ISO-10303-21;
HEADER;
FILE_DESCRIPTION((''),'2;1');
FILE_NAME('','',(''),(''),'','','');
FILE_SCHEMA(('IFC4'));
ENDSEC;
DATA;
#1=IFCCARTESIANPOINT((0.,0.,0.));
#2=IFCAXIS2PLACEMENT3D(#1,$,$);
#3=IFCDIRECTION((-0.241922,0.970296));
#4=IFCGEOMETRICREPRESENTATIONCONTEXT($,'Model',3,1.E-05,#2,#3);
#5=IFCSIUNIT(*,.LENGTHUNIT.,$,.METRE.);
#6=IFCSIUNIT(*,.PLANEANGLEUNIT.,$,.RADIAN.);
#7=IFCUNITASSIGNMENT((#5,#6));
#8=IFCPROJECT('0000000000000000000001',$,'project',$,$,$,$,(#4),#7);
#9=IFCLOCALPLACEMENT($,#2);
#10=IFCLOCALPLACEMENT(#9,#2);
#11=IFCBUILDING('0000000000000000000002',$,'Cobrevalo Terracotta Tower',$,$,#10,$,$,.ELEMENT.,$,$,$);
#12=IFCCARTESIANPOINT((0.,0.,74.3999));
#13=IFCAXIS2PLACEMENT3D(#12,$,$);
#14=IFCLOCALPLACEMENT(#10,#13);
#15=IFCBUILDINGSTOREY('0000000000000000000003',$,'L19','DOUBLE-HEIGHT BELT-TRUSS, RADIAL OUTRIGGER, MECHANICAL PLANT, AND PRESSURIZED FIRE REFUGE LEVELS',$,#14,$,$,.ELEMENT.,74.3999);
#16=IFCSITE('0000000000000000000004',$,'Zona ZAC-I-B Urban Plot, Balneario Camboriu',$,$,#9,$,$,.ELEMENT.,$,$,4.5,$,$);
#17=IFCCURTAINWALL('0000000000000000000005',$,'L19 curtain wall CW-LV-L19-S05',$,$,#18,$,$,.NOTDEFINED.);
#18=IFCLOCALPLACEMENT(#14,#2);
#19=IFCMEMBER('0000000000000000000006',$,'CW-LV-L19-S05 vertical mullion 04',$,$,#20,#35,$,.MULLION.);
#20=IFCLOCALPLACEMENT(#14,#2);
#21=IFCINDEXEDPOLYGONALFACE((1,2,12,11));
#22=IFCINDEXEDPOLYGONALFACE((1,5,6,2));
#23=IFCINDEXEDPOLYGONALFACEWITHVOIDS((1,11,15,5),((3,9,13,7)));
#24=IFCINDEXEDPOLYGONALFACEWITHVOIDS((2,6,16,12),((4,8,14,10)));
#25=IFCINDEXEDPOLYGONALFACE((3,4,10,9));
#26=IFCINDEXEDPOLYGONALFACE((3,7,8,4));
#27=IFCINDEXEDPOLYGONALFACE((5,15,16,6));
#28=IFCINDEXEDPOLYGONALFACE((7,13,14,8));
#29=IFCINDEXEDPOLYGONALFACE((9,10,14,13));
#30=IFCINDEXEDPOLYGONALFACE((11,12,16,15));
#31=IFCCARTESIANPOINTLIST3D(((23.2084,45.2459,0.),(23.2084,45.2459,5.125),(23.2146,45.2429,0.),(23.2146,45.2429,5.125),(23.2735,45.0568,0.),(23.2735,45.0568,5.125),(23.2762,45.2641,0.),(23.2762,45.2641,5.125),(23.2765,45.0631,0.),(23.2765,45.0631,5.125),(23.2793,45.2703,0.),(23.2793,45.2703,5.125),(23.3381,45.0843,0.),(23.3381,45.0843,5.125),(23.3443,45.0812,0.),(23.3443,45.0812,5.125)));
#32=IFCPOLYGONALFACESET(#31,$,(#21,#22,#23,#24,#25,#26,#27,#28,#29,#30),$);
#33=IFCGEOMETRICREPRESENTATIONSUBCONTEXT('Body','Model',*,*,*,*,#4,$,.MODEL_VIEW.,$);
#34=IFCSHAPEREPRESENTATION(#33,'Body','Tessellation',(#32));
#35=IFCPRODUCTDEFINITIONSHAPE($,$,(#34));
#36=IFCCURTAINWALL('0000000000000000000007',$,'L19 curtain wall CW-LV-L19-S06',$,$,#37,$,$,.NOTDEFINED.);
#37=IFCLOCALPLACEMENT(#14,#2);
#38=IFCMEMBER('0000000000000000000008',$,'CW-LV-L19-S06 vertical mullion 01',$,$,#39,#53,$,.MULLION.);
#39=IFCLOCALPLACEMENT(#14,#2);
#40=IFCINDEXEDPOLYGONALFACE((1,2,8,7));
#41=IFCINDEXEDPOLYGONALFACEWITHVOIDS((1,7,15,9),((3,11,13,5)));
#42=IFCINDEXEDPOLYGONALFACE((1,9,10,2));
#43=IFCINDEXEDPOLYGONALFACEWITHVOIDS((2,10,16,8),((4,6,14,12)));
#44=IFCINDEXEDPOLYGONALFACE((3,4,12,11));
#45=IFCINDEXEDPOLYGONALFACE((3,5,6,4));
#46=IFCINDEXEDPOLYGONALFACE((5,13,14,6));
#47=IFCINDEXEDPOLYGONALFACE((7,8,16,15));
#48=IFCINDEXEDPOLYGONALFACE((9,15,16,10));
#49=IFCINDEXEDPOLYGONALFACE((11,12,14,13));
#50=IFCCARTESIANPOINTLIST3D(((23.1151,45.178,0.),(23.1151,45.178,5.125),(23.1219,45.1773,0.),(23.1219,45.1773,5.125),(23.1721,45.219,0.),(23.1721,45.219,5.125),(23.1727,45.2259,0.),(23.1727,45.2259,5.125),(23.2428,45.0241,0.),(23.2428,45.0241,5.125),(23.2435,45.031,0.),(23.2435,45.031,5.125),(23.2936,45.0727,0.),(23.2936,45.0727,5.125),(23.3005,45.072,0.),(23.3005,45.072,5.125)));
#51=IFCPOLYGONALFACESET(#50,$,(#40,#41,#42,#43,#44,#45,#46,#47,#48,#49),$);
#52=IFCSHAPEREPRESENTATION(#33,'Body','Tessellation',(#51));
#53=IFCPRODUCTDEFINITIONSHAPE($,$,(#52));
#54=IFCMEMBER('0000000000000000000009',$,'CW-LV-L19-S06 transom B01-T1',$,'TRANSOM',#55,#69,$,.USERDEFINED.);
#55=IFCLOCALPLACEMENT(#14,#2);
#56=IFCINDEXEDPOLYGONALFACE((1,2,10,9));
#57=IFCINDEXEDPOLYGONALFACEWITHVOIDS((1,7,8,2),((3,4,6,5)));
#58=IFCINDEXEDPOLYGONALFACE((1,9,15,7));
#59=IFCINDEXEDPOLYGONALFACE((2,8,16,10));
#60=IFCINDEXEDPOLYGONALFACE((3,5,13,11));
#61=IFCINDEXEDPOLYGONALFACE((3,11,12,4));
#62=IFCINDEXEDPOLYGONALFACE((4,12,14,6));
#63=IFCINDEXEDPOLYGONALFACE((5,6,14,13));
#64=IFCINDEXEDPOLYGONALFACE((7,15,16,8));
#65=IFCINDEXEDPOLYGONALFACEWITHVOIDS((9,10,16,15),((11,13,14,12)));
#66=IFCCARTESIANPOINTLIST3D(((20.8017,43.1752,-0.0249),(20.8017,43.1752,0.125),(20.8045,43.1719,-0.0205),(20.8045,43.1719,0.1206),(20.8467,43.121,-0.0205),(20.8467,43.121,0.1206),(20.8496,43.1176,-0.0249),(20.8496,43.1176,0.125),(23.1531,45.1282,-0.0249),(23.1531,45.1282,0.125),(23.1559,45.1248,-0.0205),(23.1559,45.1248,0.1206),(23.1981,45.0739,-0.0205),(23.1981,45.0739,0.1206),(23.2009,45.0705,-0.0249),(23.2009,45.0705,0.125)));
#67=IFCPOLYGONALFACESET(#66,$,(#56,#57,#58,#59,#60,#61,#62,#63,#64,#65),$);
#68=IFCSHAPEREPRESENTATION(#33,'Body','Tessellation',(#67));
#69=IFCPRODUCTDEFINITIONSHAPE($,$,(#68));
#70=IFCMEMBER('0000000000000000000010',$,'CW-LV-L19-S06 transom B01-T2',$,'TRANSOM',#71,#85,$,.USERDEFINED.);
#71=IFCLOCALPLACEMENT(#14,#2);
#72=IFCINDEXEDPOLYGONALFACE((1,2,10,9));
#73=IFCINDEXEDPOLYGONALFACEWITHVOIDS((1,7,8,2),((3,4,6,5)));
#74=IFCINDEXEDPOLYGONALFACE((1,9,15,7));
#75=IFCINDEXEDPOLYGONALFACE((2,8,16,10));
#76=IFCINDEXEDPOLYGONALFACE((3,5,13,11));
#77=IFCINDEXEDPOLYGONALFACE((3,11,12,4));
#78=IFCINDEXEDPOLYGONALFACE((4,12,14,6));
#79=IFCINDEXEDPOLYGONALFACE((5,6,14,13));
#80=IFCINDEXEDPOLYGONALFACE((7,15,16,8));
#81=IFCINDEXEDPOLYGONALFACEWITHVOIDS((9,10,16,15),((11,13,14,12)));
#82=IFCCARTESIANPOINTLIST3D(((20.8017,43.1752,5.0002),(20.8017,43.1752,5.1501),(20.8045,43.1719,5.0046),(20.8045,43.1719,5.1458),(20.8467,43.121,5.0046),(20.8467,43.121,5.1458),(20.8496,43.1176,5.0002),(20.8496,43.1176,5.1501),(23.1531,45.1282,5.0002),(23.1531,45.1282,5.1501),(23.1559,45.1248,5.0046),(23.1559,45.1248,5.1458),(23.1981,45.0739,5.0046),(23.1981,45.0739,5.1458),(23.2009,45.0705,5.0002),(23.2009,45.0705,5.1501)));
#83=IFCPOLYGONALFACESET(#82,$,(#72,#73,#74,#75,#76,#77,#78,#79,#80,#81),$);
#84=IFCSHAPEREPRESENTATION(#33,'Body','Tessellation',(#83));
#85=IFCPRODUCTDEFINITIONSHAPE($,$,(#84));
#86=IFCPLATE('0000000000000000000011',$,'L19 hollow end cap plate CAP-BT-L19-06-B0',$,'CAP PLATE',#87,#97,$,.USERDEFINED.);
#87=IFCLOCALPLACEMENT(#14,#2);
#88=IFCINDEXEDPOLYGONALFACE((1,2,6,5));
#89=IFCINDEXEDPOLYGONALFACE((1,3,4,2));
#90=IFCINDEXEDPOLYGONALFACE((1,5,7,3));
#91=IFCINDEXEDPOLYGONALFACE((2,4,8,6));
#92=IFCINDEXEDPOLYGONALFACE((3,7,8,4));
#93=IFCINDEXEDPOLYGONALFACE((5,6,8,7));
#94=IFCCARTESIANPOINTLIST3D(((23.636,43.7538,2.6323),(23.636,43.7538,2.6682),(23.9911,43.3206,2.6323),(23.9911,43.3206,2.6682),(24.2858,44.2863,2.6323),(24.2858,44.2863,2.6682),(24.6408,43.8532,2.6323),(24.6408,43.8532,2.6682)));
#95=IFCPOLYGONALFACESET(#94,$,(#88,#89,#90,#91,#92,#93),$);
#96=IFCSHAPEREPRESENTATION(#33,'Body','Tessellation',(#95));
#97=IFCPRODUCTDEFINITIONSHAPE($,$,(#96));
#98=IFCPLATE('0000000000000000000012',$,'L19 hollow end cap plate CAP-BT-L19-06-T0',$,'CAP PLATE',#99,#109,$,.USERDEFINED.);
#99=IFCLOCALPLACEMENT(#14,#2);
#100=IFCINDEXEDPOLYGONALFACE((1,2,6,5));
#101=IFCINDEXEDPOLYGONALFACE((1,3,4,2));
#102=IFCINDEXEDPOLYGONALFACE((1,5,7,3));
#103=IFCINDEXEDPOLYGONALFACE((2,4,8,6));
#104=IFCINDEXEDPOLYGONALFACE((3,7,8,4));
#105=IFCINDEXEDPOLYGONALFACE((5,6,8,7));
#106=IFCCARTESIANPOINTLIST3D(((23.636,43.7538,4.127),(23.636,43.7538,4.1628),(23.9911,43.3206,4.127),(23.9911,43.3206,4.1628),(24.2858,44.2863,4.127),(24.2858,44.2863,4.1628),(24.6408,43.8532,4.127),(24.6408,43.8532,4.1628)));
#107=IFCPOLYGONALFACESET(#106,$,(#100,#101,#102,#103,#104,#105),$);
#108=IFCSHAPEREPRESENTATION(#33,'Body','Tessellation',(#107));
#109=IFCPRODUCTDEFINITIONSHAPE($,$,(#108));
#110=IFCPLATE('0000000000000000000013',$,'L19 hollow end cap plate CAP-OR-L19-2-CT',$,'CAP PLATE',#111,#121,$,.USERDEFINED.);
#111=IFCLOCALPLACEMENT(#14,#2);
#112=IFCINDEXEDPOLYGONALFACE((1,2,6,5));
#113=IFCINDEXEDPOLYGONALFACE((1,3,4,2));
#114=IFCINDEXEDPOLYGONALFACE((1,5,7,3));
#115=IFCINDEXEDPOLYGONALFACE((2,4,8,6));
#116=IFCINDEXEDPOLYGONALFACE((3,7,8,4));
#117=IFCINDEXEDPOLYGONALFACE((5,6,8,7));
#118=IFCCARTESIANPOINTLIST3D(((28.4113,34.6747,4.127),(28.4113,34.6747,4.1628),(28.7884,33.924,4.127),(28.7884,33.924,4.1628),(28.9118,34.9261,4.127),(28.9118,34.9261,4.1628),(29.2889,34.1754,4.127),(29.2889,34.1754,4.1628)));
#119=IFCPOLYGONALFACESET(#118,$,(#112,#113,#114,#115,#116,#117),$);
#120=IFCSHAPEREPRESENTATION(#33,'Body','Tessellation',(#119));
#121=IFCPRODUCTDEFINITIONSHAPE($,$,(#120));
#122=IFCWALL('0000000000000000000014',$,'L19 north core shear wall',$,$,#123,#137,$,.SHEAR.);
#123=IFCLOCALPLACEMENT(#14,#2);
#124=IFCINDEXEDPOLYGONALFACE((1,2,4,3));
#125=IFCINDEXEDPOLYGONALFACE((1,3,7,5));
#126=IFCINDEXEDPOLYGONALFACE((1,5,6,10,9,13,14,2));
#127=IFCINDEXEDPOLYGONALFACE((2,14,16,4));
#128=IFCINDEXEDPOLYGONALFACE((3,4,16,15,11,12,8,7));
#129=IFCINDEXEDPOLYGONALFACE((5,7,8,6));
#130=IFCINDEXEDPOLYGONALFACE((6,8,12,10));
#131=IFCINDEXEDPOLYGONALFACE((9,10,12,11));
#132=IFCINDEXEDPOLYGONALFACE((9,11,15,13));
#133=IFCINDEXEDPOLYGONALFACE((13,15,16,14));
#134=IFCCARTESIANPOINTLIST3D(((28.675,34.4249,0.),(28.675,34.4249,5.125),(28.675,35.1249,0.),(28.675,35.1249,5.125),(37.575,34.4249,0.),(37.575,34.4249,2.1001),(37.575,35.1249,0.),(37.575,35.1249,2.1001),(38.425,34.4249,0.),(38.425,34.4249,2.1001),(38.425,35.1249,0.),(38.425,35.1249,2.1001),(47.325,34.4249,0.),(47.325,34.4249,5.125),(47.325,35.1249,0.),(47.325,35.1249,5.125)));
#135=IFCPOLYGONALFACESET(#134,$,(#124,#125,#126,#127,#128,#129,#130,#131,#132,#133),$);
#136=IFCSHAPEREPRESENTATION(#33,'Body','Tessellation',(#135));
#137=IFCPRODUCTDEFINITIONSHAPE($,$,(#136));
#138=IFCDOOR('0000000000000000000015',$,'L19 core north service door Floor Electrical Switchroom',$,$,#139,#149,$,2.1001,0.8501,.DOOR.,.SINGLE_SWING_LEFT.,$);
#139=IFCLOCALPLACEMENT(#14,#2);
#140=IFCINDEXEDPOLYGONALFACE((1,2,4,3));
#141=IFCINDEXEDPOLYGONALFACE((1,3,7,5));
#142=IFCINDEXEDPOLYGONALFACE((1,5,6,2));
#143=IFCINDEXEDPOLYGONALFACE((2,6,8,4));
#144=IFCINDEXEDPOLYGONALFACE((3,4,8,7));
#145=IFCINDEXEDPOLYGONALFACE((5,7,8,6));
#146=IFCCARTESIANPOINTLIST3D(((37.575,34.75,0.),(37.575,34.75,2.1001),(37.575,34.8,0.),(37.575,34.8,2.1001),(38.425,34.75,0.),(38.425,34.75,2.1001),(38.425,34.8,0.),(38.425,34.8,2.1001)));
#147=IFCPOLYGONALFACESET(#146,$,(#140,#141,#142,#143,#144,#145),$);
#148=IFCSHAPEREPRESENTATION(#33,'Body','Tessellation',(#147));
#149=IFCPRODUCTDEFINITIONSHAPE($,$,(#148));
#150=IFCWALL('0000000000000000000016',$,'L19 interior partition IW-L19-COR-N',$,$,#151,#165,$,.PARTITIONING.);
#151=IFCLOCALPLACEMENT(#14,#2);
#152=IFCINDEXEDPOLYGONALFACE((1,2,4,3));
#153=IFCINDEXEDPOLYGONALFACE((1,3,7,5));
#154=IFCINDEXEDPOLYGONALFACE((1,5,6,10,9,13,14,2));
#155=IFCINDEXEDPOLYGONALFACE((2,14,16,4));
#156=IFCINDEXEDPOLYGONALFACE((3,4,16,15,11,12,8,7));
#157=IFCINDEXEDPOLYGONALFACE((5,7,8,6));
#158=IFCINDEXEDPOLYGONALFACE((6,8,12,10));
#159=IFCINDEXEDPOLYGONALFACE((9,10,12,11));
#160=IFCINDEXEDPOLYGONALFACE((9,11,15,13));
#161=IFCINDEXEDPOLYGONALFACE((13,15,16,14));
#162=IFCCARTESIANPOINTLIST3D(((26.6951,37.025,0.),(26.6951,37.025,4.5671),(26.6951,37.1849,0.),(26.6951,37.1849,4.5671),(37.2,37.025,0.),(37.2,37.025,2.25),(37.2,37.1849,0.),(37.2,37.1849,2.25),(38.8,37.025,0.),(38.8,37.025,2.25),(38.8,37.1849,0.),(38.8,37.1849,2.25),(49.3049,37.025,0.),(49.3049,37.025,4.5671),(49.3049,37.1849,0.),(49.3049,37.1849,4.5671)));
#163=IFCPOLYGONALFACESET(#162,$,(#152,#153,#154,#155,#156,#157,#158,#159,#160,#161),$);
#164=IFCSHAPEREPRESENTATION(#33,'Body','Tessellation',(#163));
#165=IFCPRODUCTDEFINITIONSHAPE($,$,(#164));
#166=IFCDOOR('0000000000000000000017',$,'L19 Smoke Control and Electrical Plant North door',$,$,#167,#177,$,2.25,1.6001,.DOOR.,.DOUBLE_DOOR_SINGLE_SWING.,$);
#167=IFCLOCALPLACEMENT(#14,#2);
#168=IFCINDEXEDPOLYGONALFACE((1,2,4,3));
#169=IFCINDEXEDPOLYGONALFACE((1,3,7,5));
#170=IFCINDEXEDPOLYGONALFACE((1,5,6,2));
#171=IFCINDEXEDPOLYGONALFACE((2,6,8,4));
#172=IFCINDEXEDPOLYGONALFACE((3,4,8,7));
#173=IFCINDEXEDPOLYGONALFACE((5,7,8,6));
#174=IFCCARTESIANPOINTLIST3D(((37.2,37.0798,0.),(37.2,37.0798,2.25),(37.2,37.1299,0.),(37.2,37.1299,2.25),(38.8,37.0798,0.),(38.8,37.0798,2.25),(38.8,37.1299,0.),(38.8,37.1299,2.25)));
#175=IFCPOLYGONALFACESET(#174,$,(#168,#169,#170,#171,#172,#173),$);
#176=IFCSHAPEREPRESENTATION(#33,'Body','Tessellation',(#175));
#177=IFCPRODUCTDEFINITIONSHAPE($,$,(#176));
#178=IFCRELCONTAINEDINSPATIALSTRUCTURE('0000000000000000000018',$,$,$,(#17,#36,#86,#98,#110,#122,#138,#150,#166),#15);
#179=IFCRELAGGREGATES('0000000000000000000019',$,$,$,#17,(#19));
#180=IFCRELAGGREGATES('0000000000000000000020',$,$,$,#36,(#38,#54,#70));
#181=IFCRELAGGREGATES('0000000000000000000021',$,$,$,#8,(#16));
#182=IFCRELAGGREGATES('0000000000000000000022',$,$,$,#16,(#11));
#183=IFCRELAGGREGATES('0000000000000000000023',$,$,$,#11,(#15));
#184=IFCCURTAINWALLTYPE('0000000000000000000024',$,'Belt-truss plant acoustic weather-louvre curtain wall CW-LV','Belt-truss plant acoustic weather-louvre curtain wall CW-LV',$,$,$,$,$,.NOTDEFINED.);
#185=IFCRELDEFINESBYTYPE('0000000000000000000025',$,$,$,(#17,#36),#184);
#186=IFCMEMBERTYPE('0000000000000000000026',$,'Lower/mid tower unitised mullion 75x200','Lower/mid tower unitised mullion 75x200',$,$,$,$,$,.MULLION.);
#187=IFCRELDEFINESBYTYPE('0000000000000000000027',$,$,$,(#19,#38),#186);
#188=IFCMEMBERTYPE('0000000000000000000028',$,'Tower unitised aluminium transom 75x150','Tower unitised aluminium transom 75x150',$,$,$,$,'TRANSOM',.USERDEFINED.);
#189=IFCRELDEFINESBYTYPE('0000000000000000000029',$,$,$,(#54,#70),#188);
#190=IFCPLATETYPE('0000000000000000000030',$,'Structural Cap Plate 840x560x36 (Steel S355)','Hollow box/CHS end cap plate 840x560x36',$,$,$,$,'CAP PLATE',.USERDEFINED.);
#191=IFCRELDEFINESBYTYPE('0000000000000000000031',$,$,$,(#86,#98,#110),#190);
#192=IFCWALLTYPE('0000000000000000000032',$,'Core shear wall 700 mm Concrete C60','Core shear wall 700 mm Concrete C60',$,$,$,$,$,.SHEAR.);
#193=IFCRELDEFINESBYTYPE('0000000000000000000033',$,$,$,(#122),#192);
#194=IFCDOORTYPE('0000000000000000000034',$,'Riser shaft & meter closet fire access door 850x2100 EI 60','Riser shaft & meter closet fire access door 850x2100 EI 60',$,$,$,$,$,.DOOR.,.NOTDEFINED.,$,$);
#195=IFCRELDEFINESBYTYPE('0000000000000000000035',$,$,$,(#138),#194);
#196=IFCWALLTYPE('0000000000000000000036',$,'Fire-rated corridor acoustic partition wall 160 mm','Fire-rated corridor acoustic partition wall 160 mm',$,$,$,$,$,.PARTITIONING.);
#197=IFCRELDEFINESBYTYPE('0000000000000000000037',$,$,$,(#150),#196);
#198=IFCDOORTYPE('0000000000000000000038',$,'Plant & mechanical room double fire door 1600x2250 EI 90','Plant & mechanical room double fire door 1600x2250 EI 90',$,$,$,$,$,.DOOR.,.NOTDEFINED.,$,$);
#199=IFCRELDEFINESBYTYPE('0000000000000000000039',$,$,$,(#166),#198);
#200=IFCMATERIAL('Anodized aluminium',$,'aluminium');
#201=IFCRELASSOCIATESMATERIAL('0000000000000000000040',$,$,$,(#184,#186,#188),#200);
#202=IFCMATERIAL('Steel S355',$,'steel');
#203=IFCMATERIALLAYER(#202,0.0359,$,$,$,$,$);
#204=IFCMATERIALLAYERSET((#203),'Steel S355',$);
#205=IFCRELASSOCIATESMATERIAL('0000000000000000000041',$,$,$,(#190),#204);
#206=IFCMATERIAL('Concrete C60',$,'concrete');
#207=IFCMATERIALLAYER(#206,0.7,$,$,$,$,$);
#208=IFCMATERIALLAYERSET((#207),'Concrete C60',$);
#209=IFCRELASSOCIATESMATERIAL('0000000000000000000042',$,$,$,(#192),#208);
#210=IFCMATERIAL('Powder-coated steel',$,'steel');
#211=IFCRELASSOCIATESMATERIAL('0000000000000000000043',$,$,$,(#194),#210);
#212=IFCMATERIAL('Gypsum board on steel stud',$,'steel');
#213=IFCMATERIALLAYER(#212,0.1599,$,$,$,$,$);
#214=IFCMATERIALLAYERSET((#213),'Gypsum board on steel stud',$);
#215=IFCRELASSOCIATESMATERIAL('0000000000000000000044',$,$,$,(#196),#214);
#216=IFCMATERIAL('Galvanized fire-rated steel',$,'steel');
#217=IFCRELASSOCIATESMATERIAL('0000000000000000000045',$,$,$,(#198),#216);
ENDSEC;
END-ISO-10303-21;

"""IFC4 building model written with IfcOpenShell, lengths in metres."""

from ifc_helpers import new_model, si_unit, direction, frame, frame_2d, origin, origin_2d, place, context, subcontext, project, spatial, rectangle, hollow_rectangle, extrude, source, transform, mapped, material, layer, layer_set, material_profile, profile_set, type_object, element, fill, aggregate, save


model = new_model("IFC4")

# Units and contexts
model_context = context("Model", 3, precision=1e-05, world=origin(), true_north=direction((-0.241922, 0.970296)))
body_context = subcontext(model_context, "Body", "Model", "MODEL_VIEW")
ifc_project = project(units=[si_unit("LENGTHUNIT", "METRE"), si_unit("PLANEANGLEUNIT", "RADIAN")], contexts=[model_context])

# Site, building, storey
site_placement = place(None, origin())
site = spatial("IfcSite", under=ifc_project, at=site_placement, Name="Zona ZAC-I-B Urban Plot, Balneario Camboriu", CompositionType="ELEMENT", RefElevation=4.5)
building_placement = place(site_placement, origin())
building = spatial("IfcBuilding", under=site, at=building_placement, Name="Cobrevalo Terracotta Tower", CompositionType="ELEMENT")
storey_placement = place(building_placement, frame((0.0, 0.0, 74.3999)))
storey = spatial("IfcBuildingStorey", under=building, at=storey_placement, Name="L19", Description="DOUBLE-HEIGHT BELT-TRUSS, RADIAL OUTRIGGER, MECHANICAL PLANT, AND PRESSURIZED FIRE REFUGE LEVELS", CompositionType="ELEMENT", Elevation=74.3999)

# Shared definitions
ifc_material_1 = material(Name="Steel S355", Category="steel")
ifc_material_2 = material(Name="Concrete C60", Category="concrete")

# Curtain wall, member
ifc_material_3 = material(Name="Anodized aluminium", Category="aluminium")
curtain_wall_type = type_object("IfcCurtainWallType", Name="Belt-truss plant acoustic weather-louvre curtain wall CW-LV", Description="Belt-truss plant acoustic weather-louvre curtain wall CW-LV", PredefinedType="NOTDEFINED", material=ifc_material_3)
curtain_wall_1_placement = place(storey_placement, origin())
curtain_wall_1 = element("IfcCurtainWall", 1, at=curtain_wall_1_placement, inside=storey, type_object=curtain_wall_type, Name="L19 curtain wall CW-LV-L19-S05", PredefinedType="NOTDEFINED")
ifc_material_profile_1 = material_profile(ifc_material_3, hollow_rectangle(XDim=0.075, YDim=0.2, WallThickness=0.0049, at=origin_2d()), Name="CWM 75x200")
ifc_profile_set_1 = profile_set([ifc_material_profile_1], Name="Anodized aluminium")
member_type_1 = type_object("IfcMemberType", Name="Lower/mid tower unitised mullion 75x200", Description="Lower/mid tower unitised mullion 75x200", PredefinedType="MULLION", material=ifc_profile_set_1)
shared_shape_1 = source(origin(), body_context, "Body", "SweptSolid", [
    extrude(hollow_rectangle(XDim=0.075, YDim=0.2, WallThickness=0.0049, at=origin_2d()), origin(), (0.0, 0.0, 1.0), 5.125),
])
member_1_placement = place(storey_placement, frame((23.2764, 45.1636, 0.0), z_axis=(0.0, 0.0, 1.0), x_axis=(-0.945598, -0.325337, 0.0)))
member_1 = element("IfcMember", 2, at=member_1_placement, type_object=member_type_1, Name="CW-LV-L19-S05 vertical mullion 04", PredefinedType="MULLION", context=body_context, shape_type="MappedRepresentation", body=[
    mapped(shared_shape_1, transform((0.0, 0.0, 0.0), scale=1.0)),
])
aggregate(curtain_wall_1, [member_1])

# Curtain wall, members
curtain_wall_2_placement = place(storey_placement, origin())
curtain_wall_2 = element("IfcCurtainWall", 3, at=curtain_wall_2_placement, inside=storey, type_object=curtain_wall_type, Name="L19 curtain wall CW-LV-L19-S06", PredefinedType="NOTDEFINED")
member_2_placement = place(storey_placement, frame((23.2078, 45.125, 0.0), z_axis=(0.0, 0.0, 1.0), x_axis=(-0.769243, -0.638956, 0.0)))
member_2 = element("IfcMember", 4, at=member_2_placement, type_object=member_type_1, Name="CW-LV-L19-S06 vertical mullion 01", PredefinedType="MULLION", context=body_context, shape_type="MappedRepresentation", body=[
    mapped(shared_shape_1, transform((0.0, 0.0, 0.0), scale=1.0)),
])
ifc_material_profile_2 = material_profile(ifc_material_3, hollow_rectangle(XDim=0.075, YDim=0.1499, WallThickness=0.0044, at=origin_2d()), Name="CWT 75x150")
ifc_profile_set_2 = profile_set([ifc_material_profile_2], Name="Anodized aluminium")
member_type_2 = type_object("IfcMemberType", Name="Tower unitised aluminium transom 75x150", Description="Tower unitised aluminium transom 75x150", ElementType="TRANSOM", PredefinedType="USERDEFINED", material=ifc_profile_set_2)
shared_shape_2 = source(origin(), body_context, "Body", "SweptSolid", [
    extrude(hollow_rectangle(XDim=0.075, YDim=0.1499, WallThickness=0.0044, at=origin_2d()), origin(), (0.0, 0.0, 1.0), 3.0566),
])
member_3_placement = place(storey_placement, frame((23.177, 45.0994, 0.05), z_axis=(-0.769274, -0.638919, 0.0), x_axis=(0.638919, -0.769274, 0.0)))
member_3 = element("IfcMember", 5, at=member_3_placement, type_object=member_type_2, Name="CW-LV-L19-S06 transom B01-T1", ObjectType="TRANSOM", PredefinedType="USERDEFINED", context=body_context, shape_type="MappedRepresentation", body=[
    mapped(shared_shape_2, transform((0.0, 0.0, 0.0), scale=1.0)),
])
member_4_placement = place(storey_placement, frame((23.177, 45.0994, 5.0752), z_axis=(-0.769274, -0.638919, 0.0), x_axis=(0.638919, -0.769274, 0.0)))
member_4 = element("IfcMember", 6, at=member_4_placement, type_object=member_type_2, Name="CW-LV-L19-S06 transom B01-T2", ObjectType="TRANSOM", PredefinedType="USERDEFINED", context=body_context, shape_type="MappedRepresentation", body=[
    mapped(shared_shape_2, transform((0.0, 0.0, 0.0), scale=1.0)),
])
aggregate(curtain_wall_2, [member_2, member_3, member_4])

# Plates
ifc_layer_1 = layer(ifc_material_1, 0.0359)
ifc_layer_set_1 = layer_set([ifc_layer_1], Name="Steel S355")
plate_type = type_object("IfcPlateType", Name="Structural Cap Plate 840x560x36 (Steel S355)", Description="Hollow box/CHS end cap plate 840x560x36", ElementType="CAP PLATE", PredefinedType="USERDEFINED", material=ifc_layer_set_1)
shared_shape_3 = source(origin(), body_context, "Body", "SweptSolid", [
    extrude(rectangle(XDim=0.8401, YDim=0.5601, at=origin_2d()), origin(), (0.0, 0.0, 1.0), 0.0359),
])
for number, where, z_axis, x_axis, name in (
    (7, (24.1384, 43.8035, 2.6323), (0.0, 0.0, 1.0), (-0.773404, -0.633913, 0.0), "L19 hollow end cap plate CAP-BT-L19-06-B0"),
    (8, (24.1384, 43.8035, 4.127), (0.0, 0.0, 1.0), (-0.773404, -0.633913, 0.0), "L19 hollow end cap plate CAP-BT-L19-06-T0"),
    (9, (28.8501, 34.425, 4.127), (0.0, 0.0, 1.0), (-0.448904, 0.89358, 0.0), "L19 hollow end cap plate CAP-OR-L19-2-CT"),
):
    element("IfcPlate", number, at=place(storey_placement, frame(where, z_axis=z_axis, x_axis=x_axis)), inside=storey, type_object=plate_type, Name=name, ObjectType="CAP PLATE", PredefinedType="USERDEFINED", context=body_context, shape_type="MappedRepresentation", body=[
        mapped(shared_shape_3, transform((0.0, 0.0, 0.0), scale=1.0)),
    ])

# Walls, openings, doors
ifc_layer_2 = layer(ifc_material_2, 0.7)
ifc_layer_set_2 = layer_set([ifc_layer_2], Name="Concrete C60")
wall_type_1 = type_object("IfcWallType", Name="Core shear wall 700 mm Concrete C60", Description="Core shear wall 700 mm Concrete C60", PredefinedType="SHEAR", material=ifc_layer_set_2)
wall_1_placement = place(storey_placement, frame((28.675, 34.7749, 0.0), z_axis=(0.0, 0.0, 1.0), x_axis=(1.0, 0.0, 0.0)))
wall_1 = element("IfcWall", 10, at=wall_1_placement, inside=storey, type_object=wall_type_1, Name="L19 north core shear wall", PredefinedType="SHEAR", context=body_context, shape_type="SweptSolid", body=[
    extrude(rectangle(XDim=18.6499, YDim=0.7, at=frame_2d((9.325, 0.0))), origin(), (0.0, 0.0, 1.0), 5.125),
])
opening_1_placement = place(wall_1_placement, frame((8.8999, 0.0, 0.0)))
opening_1 = element("IfcOpeningElement", 11, at=opening_1_placement, cuts=wall_1, PredefinedType="OPENING", context=body_context, shape_type="SweptSolid", body=[
    extrude(rectangle(XDim=0.8501, YDim=2.1001, at=frame_2d((0.425, 1.05))), frame((0.0, 0.3599, 0.0), z_axis=(0.0, -1.0, 0.0), x_axis=(1.0, 0.0, 0.0)), (0.0, 0.0, 1.0), 0.72),
])
ifc_material_4 = material(Name="Powder-coated steel", Category="steel")
door_type_1 = type_object("IfcDoorType", Name="Riser shaft & meter closet fire access door 850x2100 EI 60", Description="Riser shaft & meter closet fire access door 850x2100 EI 60", OperationType="NOTDEFINED", PredefinedType="DOOR", material=ifc_material_4)
shared_shape_4 = source(origin(), body_context, "Body", "SweptSolid", [
    extrude(rectangle(XDim=0.8501, YDim=2.1001, at=frame_2d((0.425, 1.05))), frame((0.0, 0.0249, 0.0), z_axis=(0.0, -1.0, 0.0), x_axis=(1.0, 0.0, 0.0)), (0.0, 0.0, 1.0), 0.05),
])
door_1_placement = place(opening_1_placement, frame((0.8501, 0.0, 0.0), z_axis=(0.0, 0.0, 1.0), x_axis=(-1.0, 0.0, 0.0)))
door_1 = element("IfcDoor", 12, at=door_1_placement, inside=storey, type_object=door_type_1, Name="L19 core north service door Floor Electrical Switchroom", OperationType="SINGLE_SWING_LEFT", OverallHeight=2.1001, OverallWidth=0.8501, PredefinedType="DOOR", context=body_context, shape_type="MappedRepresentation", body=[
    mapped(shared_shape_4, transform((0.0, 0.0, 0.0), scale=1.0)),
])
fill(opening_1, door_1)
ifc_material_5 = material(Name="Gypsum board on steel stud", Category="steel")
ifc_layer_3 = layer(ifc_material_5, 0.1599)
ifc_layer_set_3 = layer_set([ifc_layer_3], Name="Gypsum board on steel stud")
wall_type_2 = type_object("IfcWallType", Name="Fire-rated corridor acoustic partition wall 160 mm", Description="Fire-rated corridor acoustic partition wall 160 mm", PredefinedType="PARTITIONING", material=ifc_layer_set_3)
wall_2_placement = place(storey_placement, frame((26.6951, 37.105, 0.0), z_axis=(0.0, 0.0, 1.0), x_axis=(1.0, 0.0, 0.0)))
wall_2 = element("IfcWall", 13, at=wall_2_placement, inside=storey, type_object=wall_type_2, Name="L19 interior partition IW-L19-COR-N", PredefinedType="PARTITIONING", context=body_context, shape_type="SweptSolid", body=[
    extrude(rectangle(XDim=22.6099, YDim=0.1599, at=frame_2d((11.3049, 0.0))), origin(), (0.0, 0.0, 1.0), 4.5671),
])
opening_2_placement = place(wall_2_placement, frame((10.5049, 0.0, 0.0)))
opening_2 = element("IfcOpeningElement", 14, at=opening_2_placement, cuts=wall_2, PredefinedType="OPENING", context=body_context, shape_type="SweptSolid", body=[
    extrude(rectangle(XDim=1.6001, YDim=2.25, at=frame_2d((0.8, 1.125))), frame((0.0, 0.0898, 0.0), z_axis=(0.0, -1.0, 0.0), x_axis=(1.0, 0.0, 0.0)), (0.0, 0.0, 1.0), 0.1799),
])
ifc_material_6 = material(Name="Galvanized fire-rated steel", Category="steel")
door_type_2 = type_object("IfcDoorType", Name="Plant & mechanical room double fire door 1600x2250 EI 90", Description="Plant & mechanical room double fire door 1600x2250 EI 90", OperationType="NOTDEFINED", PredefinedType="DOOR", material=ifc_material_6)
shared_shape_5 = source(origin(), body_context, "Body", "SweptSolid", [
    extrude(rectangle(XDim=1.6001, YDim=2.25, at=frame_2d((0.8, 1.125))), frame((0.0, 0.0249, 0.0), z_axis=(0.0, -1.0, 0.0), x_axis=(1.0, 0.0, 0.0)), (0.0, 0.0, 1.0), 0.05),
])
door_2_placement = place(opening_2_placement, origin())
door_2 = element("IfcDoor", 15, at=door_2_placement, inside=storey, type_object=door_type_2, Name="L19 Smoke Control and Electrical Plant North door", OperationType="DOUBLE_DOOR_SINGLE_SWING", OverallHeight=2.25, OverallWidth=1.6001, PredefinedType="DOOR", context=body_context, shape_type="MappedRepresentation", body=[
    mapped(shared_shape_5, transform((0.0, 0.0, 0.0), scale=1.0)),
])
fill(opening_2, door_2)

save(model, "model.ifc")
